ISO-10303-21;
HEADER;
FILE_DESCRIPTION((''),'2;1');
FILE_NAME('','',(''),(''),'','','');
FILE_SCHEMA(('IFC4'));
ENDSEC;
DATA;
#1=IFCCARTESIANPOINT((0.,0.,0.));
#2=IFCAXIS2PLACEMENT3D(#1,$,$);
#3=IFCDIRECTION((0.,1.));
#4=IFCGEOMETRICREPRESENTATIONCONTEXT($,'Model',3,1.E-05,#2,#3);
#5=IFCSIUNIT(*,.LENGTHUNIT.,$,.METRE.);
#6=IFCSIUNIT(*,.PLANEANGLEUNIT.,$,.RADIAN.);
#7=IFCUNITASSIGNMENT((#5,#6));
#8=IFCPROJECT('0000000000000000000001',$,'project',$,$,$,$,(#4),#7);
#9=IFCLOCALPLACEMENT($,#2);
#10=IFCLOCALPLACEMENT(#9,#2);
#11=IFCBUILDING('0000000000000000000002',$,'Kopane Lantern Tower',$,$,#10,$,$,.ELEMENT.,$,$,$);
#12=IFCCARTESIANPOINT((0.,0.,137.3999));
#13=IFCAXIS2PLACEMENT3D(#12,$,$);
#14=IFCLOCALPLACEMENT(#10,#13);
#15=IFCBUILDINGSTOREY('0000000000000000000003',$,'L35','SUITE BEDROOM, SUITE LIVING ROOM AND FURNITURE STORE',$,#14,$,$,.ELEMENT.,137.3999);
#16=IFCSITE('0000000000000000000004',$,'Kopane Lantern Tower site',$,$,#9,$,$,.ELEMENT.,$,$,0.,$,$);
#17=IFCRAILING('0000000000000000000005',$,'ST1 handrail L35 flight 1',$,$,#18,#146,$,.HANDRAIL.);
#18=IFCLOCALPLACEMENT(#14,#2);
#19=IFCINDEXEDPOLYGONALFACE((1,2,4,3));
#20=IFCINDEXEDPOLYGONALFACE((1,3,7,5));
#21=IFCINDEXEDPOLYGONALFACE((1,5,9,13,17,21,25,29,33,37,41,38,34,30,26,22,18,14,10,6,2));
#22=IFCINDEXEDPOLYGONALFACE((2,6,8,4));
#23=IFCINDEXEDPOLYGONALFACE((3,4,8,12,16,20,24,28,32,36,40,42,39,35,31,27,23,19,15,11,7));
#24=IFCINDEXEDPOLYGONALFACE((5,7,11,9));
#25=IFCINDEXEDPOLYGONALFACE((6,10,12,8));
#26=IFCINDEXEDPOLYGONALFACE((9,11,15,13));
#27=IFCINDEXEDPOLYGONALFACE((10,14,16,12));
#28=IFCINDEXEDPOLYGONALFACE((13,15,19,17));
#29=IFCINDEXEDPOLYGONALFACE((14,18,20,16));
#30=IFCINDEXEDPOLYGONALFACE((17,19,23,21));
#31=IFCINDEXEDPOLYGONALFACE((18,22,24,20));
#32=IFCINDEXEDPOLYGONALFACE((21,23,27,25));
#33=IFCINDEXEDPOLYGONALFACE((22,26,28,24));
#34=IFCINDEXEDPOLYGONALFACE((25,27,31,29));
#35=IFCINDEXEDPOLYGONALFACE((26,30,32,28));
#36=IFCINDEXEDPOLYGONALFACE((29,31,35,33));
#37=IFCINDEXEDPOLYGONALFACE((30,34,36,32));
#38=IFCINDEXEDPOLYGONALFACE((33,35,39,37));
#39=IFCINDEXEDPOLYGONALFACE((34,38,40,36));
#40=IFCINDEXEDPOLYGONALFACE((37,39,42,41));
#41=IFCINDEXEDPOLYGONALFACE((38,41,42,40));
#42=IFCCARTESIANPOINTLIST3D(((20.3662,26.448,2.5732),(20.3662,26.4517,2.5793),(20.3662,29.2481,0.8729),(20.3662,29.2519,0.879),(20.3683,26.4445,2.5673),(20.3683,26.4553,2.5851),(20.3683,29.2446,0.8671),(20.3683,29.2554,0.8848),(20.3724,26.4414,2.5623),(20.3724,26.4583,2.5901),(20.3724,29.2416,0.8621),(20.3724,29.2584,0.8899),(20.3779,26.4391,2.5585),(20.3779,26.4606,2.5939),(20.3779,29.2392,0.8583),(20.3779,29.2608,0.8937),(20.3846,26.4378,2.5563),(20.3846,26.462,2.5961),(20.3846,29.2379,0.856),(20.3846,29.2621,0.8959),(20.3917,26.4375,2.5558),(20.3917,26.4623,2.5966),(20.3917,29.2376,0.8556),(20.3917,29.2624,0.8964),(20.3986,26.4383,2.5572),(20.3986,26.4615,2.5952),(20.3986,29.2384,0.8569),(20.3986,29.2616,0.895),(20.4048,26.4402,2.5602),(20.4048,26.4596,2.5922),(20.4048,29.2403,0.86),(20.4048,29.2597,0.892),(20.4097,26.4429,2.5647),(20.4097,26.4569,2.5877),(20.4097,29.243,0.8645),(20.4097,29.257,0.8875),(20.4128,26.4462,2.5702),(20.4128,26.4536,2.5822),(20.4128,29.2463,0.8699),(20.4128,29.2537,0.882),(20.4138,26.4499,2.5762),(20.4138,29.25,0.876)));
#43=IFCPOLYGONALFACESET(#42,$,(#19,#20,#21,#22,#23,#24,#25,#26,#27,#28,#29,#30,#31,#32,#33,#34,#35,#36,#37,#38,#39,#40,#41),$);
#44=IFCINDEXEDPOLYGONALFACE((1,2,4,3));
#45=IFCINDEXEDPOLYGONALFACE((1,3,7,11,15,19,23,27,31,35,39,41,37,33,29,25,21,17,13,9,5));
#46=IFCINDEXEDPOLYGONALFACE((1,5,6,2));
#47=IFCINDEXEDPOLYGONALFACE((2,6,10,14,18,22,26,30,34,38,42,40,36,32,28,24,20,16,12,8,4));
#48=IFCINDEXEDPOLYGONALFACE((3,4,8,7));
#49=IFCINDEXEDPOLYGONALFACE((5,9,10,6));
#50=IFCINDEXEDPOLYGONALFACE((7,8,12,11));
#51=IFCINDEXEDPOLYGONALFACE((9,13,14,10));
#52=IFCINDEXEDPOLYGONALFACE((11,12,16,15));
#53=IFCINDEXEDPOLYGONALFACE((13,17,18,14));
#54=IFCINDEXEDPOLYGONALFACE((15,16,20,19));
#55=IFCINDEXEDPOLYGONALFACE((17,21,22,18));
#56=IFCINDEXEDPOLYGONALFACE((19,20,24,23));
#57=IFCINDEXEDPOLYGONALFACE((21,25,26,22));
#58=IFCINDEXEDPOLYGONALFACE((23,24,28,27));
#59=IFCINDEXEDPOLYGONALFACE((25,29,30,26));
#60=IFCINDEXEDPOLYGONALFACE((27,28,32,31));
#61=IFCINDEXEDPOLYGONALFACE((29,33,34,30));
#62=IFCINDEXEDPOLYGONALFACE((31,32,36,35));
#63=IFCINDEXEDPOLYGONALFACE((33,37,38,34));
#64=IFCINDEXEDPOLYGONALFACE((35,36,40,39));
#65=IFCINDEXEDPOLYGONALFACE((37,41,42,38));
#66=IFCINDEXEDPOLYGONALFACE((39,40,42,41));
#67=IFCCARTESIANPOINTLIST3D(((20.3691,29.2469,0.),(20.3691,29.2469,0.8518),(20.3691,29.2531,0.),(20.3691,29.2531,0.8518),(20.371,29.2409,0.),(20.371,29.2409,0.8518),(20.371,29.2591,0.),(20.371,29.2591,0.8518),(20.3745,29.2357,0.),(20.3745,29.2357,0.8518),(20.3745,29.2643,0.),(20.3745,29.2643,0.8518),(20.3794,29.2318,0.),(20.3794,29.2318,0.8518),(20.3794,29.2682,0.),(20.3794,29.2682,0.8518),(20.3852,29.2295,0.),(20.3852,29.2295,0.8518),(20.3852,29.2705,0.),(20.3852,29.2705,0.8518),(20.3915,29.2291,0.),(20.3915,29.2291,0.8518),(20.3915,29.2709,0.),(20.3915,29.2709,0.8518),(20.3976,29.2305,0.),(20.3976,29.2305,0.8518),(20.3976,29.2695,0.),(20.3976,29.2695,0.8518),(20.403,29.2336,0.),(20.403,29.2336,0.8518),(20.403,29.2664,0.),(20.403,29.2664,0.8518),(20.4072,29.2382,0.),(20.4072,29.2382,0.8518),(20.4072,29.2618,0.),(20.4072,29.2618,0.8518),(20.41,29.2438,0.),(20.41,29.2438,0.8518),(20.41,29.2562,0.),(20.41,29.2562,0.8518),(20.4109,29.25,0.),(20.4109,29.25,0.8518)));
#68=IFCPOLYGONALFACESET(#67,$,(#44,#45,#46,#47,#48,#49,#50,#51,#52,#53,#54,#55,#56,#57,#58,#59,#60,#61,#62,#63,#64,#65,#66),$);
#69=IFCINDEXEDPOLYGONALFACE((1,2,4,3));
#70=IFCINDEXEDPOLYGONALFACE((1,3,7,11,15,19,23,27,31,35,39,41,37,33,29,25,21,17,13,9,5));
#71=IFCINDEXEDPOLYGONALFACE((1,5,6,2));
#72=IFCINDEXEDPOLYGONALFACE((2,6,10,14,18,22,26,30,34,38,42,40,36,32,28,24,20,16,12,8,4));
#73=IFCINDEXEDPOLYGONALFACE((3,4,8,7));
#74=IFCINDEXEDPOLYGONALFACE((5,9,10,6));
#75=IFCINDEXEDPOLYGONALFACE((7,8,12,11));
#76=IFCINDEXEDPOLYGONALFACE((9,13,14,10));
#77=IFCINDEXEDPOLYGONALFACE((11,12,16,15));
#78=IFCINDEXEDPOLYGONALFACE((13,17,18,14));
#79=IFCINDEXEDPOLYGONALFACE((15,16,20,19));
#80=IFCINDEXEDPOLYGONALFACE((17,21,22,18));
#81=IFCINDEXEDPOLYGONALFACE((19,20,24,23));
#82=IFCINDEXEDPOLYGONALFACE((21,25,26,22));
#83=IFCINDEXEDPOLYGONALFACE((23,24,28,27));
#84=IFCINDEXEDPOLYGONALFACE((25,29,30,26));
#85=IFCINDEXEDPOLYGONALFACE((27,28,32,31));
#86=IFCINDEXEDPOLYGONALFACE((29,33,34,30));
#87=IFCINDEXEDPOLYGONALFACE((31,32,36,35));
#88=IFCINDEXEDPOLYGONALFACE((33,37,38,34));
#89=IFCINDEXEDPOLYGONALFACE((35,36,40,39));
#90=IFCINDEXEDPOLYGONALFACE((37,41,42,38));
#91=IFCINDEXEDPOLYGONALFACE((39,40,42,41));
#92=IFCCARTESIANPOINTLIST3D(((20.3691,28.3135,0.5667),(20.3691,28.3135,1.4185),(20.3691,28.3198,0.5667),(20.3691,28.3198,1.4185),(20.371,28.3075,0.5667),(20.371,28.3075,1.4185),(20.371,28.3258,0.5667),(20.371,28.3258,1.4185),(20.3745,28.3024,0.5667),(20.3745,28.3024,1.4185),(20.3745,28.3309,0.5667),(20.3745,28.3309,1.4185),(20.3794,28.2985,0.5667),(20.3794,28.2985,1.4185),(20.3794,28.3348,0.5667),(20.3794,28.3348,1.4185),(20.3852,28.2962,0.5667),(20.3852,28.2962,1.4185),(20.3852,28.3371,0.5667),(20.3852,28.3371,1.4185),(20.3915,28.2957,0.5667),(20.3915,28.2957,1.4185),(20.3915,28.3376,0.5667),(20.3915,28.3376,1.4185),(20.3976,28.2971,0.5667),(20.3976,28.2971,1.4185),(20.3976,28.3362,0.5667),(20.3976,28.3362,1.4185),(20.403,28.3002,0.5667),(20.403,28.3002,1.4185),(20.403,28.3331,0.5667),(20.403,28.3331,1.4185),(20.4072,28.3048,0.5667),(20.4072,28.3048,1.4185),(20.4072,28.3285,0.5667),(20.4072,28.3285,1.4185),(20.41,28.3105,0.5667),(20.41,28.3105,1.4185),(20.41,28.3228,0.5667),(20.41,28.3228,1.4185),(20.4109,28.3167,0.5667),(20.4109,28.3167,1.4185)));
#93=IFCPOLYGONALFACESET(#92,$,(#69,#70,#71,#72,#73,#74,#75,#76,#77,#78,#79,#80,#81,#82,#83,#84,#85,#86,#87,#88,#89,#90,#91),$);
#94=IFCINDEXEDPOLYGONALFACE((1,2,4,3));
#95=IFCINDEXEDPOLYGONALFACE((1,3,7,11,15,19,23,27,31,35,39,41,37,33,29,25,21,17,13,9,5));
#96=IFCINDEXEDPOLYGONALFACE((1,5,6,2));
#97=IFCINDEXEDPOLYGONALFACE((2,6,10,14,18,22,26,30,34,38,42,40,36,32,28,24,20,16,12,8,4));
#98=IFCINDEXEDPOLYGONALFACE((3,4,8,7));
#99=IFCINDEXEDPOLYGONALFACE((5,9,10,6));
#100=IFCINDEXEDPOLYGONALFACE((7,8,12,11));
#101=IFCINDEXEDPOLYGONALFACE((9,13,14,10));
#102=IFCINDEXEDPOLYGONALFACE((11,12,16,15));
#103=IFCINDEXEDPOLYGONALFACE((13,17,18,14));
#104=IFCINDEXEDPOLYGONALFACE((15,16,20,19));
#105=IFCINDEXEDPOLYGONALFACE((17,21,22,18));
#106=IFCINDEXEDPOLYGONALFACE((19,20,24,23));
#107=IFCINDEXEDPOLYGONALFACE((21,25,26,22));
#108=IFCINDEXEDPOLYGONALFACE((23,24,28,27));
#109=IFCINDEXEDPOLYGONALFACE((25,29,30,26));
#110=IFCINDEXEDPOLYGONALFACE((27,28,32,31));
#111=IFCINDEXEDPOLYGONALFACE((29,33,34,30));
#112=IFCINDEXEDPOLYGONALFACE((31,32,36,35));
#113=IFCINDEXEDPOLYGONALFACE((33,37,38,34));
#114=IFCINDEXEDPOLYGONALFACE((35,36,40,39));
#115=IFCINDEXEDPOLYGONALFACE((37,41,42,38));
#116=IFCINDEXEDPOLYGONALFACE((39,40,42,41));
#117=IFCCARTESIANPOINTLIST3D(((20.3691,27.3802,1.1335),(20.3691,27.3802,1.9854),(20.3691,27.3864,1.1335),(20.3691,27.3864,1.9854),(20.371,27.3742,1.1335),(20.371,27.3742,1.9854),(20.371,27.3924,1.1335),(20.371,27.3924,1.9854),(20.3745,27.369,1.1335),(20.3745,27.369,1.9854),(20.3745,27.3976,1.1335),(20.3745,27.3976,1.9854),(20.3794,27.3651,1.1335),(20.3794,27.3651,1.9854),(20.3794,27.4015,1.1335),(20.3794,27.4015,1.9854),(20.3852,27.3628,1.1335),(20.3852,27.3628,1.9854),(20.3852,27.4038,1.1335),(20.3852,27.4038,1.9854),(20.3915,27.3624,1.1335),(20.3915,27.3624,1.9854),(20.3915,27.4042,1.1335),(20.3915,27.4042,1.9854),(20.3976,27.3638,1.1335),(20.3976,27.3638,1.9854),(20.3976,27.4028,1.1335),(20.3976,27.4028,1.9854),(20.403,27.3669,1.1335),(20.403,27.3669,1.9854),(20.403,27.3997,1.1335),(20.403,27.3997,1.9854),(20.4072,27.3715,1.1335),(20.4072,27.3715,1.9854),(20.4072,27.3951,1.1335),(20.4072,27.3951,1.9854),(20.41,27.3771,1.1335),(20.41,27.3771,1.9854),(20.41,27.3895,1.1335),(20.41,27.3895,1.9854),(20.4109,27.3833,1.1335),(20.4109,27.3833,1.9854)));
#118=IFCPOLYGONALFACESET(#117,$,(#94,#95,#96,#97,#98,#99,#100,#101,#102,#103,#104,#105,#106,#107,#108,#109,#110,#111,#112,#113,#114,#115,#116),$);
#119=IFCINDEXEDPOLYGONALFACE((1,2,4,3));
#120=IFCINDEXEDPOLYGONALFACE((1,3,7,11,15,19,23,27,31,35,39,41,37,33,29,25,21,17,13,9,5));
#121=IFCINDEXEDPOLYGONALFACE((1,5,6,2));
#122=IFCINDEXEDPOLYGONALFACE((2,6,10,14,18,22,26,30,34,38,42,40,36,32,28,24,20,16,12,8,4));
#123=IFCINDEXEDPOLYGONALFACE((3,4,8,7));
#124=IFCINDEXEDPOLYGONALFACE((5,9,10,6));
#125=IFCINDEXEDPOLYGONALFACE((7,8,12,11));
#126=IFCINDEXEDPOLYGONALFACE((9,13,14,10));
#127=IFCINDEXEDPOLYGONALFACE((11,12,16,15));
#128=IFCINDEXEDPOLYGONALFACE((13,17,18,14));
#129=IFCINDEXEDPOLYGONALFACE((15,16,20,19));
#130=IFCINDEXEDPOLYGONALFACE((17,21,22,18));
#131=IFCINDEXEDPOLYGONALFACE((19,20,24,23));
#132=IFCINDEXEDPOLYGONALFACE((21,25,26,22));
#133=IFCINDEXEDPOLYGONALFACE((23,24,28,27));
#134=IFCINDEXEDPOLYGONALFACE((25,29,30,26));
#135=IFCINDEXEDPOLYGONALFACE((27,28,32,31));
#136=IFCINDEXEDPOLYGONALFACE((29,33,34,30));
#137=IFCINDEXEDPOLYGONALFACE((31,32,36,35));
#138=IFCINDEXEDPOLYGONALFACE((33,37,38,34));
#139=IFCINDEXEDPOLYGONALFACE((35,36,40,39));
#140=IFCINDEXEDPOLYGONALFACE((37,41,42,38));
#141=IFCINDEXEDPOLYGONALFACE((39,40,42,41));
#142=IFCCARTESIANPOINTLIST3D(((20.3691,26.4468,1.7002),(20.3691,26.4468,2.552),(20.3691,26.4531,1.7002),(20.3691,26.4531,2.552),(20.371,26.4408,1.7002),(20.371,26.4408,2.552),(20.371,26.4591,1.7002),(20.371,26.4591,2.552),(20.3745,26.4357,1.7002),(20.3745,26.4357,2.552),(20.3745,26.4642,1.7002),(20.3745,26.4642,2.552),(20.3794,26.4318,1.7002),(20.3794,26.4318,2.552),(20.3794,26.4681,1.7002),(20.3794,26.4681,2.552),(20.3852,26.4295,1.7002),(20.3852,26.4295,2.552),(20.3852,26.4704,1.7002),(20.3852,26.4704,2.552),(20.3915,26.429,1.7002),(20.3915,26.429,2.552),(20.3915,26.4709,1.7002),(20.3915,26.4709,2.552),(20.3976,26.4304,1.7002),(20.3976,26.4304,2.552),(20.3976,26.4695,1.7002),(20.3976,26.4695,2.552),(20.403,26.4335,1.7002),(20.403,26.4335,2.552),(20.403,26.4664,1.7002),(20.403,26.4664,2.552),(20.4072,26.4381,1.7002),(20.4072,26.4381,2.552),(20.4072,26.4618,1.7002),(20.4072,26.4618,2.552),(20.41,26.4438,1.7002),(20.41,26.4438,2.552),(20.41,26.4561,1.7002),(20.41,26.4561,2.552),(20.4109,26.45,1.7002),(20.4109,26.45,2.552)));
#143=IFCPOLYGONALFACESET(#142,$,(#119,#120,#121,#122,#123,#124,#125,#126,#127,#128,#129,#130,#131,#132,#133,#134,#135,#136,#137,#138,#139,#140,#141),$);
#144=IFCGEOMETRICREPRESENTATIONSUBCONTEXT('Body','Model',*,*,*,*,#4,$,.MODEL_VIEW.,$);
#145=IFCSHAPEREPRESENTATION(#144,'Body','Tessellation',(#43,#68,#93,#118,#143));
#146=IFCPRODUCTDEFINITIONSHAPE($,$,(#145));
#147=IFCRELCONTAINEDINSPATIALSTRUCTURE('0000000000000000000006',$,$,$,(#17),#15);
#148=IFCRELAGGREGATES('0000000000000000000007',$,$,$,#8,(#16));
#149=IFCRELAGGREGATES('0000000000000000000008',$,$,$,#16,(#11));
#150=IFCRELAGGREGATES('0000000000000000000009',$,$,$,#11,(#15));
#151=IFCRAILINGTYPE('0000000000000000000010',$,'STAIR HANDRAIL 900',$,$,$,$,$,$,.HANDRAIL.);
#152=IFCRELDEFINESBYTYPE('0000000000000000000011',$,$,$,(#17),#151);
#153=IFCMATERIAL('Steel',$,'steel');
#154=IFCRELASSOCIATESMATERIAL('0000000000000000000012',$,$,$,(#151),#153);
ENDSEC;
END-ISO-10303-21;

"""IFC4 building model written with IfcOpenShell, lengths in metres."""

from ifc_helpers import new_model, si_unit, direction, frame, origin, origin_2d, place, context, subcontext, project, spatial, circle, extrude, material, type_object, element, save


model = new_model("IFC4")

# Units and contexts
model_context = context("Model", 3, precision=1e-05, world=origin(), true_north=direction((0.0, 1.0)))
body_context = subcontext(model_context, "Body", "Model", "MODEL_VIEW")
ifc_project = project(units=[si_unit("LENGTHUNIT", "METRE"), si_unit("PLANEANGLEUNIT", "RADIAN")], contexts=[model_context])

# Site, building, storey
site_placement = place(None, origin())
site = spatial("IfcSite", under=ifc_project, at=site_placement, Name="Kopane Lantern Tower site", CompositionType="ELEMENT", RefElevation=0.0)
building_placement = place(site_placement, origin())
building = spatial("IfcBuilding", under=site, at=building_placement, Name="Kopane Lantern Tower", CompositionType="ELEMENT")
storey_placement = place(building_placement, frame((0.0, 0.0, 137.3999)))
storey = spatial("IfcBuildingStorey", under=building, at=storey_placement, Name="L35", Description="SUITE BEDROOM, SUITE LIVING ROOM AND FURNITURE STORE", CompositionType="ELEMENT", Elevation=137.3999)

# Railing
ifc_material_1 = material(Name="Steel", Category="steel")
railing_type_1 = type_object("IfcRailingType", Name="STAIR HANDRAIL 900", PredefinedType="HANDRAIL", material=ifc_material_1)
for number, where, name in (
    (1, (20.3899, 29.25, 0.0), "ST1 handrail L35 flight 1"),
):
    element("IfcRailing", number, at=place(storey_placement, frame(where)), inside=storey, type_object=railing_type_1, Name=name, PredefinedType="HANDRAIL", context=body_context, shape_type="SweptSolid", body=[
        extrude(circle(Radius=0.0239, at=origin_2d()), frame((0.0, 0.0, 0.876), z_axis=(0.0, -0.854765, 0.519015), x_axis=(1.0, 0.0, 0.0)), (0.0, 0.0, 1.0), 3.2759),
        extrude(circle(Radius=0.021, at=origin_2d()), origin(), (0.0, 0.0, 1.0), 0.8518),
        extrude(circle(Radius=0.021, at=origin_2d()), frame((0.0, -0.9333, 0.5667)), (0.0, 0.0, 1.0), 0.8518),
        extrude(circle(Radius=0.021, at=origin_2d()), frame((0.0, -1.8667, 1.1335)), (0.0, 0.0, 1.0), 0.8518),
        extrude(circle(Radius=0.021, at=origin_2d()), frame((0.0, -2.8, 1.7002)), (0.0, 0.0, 1.0), 0.8518),
    ])

save(model, "model.ifc")
